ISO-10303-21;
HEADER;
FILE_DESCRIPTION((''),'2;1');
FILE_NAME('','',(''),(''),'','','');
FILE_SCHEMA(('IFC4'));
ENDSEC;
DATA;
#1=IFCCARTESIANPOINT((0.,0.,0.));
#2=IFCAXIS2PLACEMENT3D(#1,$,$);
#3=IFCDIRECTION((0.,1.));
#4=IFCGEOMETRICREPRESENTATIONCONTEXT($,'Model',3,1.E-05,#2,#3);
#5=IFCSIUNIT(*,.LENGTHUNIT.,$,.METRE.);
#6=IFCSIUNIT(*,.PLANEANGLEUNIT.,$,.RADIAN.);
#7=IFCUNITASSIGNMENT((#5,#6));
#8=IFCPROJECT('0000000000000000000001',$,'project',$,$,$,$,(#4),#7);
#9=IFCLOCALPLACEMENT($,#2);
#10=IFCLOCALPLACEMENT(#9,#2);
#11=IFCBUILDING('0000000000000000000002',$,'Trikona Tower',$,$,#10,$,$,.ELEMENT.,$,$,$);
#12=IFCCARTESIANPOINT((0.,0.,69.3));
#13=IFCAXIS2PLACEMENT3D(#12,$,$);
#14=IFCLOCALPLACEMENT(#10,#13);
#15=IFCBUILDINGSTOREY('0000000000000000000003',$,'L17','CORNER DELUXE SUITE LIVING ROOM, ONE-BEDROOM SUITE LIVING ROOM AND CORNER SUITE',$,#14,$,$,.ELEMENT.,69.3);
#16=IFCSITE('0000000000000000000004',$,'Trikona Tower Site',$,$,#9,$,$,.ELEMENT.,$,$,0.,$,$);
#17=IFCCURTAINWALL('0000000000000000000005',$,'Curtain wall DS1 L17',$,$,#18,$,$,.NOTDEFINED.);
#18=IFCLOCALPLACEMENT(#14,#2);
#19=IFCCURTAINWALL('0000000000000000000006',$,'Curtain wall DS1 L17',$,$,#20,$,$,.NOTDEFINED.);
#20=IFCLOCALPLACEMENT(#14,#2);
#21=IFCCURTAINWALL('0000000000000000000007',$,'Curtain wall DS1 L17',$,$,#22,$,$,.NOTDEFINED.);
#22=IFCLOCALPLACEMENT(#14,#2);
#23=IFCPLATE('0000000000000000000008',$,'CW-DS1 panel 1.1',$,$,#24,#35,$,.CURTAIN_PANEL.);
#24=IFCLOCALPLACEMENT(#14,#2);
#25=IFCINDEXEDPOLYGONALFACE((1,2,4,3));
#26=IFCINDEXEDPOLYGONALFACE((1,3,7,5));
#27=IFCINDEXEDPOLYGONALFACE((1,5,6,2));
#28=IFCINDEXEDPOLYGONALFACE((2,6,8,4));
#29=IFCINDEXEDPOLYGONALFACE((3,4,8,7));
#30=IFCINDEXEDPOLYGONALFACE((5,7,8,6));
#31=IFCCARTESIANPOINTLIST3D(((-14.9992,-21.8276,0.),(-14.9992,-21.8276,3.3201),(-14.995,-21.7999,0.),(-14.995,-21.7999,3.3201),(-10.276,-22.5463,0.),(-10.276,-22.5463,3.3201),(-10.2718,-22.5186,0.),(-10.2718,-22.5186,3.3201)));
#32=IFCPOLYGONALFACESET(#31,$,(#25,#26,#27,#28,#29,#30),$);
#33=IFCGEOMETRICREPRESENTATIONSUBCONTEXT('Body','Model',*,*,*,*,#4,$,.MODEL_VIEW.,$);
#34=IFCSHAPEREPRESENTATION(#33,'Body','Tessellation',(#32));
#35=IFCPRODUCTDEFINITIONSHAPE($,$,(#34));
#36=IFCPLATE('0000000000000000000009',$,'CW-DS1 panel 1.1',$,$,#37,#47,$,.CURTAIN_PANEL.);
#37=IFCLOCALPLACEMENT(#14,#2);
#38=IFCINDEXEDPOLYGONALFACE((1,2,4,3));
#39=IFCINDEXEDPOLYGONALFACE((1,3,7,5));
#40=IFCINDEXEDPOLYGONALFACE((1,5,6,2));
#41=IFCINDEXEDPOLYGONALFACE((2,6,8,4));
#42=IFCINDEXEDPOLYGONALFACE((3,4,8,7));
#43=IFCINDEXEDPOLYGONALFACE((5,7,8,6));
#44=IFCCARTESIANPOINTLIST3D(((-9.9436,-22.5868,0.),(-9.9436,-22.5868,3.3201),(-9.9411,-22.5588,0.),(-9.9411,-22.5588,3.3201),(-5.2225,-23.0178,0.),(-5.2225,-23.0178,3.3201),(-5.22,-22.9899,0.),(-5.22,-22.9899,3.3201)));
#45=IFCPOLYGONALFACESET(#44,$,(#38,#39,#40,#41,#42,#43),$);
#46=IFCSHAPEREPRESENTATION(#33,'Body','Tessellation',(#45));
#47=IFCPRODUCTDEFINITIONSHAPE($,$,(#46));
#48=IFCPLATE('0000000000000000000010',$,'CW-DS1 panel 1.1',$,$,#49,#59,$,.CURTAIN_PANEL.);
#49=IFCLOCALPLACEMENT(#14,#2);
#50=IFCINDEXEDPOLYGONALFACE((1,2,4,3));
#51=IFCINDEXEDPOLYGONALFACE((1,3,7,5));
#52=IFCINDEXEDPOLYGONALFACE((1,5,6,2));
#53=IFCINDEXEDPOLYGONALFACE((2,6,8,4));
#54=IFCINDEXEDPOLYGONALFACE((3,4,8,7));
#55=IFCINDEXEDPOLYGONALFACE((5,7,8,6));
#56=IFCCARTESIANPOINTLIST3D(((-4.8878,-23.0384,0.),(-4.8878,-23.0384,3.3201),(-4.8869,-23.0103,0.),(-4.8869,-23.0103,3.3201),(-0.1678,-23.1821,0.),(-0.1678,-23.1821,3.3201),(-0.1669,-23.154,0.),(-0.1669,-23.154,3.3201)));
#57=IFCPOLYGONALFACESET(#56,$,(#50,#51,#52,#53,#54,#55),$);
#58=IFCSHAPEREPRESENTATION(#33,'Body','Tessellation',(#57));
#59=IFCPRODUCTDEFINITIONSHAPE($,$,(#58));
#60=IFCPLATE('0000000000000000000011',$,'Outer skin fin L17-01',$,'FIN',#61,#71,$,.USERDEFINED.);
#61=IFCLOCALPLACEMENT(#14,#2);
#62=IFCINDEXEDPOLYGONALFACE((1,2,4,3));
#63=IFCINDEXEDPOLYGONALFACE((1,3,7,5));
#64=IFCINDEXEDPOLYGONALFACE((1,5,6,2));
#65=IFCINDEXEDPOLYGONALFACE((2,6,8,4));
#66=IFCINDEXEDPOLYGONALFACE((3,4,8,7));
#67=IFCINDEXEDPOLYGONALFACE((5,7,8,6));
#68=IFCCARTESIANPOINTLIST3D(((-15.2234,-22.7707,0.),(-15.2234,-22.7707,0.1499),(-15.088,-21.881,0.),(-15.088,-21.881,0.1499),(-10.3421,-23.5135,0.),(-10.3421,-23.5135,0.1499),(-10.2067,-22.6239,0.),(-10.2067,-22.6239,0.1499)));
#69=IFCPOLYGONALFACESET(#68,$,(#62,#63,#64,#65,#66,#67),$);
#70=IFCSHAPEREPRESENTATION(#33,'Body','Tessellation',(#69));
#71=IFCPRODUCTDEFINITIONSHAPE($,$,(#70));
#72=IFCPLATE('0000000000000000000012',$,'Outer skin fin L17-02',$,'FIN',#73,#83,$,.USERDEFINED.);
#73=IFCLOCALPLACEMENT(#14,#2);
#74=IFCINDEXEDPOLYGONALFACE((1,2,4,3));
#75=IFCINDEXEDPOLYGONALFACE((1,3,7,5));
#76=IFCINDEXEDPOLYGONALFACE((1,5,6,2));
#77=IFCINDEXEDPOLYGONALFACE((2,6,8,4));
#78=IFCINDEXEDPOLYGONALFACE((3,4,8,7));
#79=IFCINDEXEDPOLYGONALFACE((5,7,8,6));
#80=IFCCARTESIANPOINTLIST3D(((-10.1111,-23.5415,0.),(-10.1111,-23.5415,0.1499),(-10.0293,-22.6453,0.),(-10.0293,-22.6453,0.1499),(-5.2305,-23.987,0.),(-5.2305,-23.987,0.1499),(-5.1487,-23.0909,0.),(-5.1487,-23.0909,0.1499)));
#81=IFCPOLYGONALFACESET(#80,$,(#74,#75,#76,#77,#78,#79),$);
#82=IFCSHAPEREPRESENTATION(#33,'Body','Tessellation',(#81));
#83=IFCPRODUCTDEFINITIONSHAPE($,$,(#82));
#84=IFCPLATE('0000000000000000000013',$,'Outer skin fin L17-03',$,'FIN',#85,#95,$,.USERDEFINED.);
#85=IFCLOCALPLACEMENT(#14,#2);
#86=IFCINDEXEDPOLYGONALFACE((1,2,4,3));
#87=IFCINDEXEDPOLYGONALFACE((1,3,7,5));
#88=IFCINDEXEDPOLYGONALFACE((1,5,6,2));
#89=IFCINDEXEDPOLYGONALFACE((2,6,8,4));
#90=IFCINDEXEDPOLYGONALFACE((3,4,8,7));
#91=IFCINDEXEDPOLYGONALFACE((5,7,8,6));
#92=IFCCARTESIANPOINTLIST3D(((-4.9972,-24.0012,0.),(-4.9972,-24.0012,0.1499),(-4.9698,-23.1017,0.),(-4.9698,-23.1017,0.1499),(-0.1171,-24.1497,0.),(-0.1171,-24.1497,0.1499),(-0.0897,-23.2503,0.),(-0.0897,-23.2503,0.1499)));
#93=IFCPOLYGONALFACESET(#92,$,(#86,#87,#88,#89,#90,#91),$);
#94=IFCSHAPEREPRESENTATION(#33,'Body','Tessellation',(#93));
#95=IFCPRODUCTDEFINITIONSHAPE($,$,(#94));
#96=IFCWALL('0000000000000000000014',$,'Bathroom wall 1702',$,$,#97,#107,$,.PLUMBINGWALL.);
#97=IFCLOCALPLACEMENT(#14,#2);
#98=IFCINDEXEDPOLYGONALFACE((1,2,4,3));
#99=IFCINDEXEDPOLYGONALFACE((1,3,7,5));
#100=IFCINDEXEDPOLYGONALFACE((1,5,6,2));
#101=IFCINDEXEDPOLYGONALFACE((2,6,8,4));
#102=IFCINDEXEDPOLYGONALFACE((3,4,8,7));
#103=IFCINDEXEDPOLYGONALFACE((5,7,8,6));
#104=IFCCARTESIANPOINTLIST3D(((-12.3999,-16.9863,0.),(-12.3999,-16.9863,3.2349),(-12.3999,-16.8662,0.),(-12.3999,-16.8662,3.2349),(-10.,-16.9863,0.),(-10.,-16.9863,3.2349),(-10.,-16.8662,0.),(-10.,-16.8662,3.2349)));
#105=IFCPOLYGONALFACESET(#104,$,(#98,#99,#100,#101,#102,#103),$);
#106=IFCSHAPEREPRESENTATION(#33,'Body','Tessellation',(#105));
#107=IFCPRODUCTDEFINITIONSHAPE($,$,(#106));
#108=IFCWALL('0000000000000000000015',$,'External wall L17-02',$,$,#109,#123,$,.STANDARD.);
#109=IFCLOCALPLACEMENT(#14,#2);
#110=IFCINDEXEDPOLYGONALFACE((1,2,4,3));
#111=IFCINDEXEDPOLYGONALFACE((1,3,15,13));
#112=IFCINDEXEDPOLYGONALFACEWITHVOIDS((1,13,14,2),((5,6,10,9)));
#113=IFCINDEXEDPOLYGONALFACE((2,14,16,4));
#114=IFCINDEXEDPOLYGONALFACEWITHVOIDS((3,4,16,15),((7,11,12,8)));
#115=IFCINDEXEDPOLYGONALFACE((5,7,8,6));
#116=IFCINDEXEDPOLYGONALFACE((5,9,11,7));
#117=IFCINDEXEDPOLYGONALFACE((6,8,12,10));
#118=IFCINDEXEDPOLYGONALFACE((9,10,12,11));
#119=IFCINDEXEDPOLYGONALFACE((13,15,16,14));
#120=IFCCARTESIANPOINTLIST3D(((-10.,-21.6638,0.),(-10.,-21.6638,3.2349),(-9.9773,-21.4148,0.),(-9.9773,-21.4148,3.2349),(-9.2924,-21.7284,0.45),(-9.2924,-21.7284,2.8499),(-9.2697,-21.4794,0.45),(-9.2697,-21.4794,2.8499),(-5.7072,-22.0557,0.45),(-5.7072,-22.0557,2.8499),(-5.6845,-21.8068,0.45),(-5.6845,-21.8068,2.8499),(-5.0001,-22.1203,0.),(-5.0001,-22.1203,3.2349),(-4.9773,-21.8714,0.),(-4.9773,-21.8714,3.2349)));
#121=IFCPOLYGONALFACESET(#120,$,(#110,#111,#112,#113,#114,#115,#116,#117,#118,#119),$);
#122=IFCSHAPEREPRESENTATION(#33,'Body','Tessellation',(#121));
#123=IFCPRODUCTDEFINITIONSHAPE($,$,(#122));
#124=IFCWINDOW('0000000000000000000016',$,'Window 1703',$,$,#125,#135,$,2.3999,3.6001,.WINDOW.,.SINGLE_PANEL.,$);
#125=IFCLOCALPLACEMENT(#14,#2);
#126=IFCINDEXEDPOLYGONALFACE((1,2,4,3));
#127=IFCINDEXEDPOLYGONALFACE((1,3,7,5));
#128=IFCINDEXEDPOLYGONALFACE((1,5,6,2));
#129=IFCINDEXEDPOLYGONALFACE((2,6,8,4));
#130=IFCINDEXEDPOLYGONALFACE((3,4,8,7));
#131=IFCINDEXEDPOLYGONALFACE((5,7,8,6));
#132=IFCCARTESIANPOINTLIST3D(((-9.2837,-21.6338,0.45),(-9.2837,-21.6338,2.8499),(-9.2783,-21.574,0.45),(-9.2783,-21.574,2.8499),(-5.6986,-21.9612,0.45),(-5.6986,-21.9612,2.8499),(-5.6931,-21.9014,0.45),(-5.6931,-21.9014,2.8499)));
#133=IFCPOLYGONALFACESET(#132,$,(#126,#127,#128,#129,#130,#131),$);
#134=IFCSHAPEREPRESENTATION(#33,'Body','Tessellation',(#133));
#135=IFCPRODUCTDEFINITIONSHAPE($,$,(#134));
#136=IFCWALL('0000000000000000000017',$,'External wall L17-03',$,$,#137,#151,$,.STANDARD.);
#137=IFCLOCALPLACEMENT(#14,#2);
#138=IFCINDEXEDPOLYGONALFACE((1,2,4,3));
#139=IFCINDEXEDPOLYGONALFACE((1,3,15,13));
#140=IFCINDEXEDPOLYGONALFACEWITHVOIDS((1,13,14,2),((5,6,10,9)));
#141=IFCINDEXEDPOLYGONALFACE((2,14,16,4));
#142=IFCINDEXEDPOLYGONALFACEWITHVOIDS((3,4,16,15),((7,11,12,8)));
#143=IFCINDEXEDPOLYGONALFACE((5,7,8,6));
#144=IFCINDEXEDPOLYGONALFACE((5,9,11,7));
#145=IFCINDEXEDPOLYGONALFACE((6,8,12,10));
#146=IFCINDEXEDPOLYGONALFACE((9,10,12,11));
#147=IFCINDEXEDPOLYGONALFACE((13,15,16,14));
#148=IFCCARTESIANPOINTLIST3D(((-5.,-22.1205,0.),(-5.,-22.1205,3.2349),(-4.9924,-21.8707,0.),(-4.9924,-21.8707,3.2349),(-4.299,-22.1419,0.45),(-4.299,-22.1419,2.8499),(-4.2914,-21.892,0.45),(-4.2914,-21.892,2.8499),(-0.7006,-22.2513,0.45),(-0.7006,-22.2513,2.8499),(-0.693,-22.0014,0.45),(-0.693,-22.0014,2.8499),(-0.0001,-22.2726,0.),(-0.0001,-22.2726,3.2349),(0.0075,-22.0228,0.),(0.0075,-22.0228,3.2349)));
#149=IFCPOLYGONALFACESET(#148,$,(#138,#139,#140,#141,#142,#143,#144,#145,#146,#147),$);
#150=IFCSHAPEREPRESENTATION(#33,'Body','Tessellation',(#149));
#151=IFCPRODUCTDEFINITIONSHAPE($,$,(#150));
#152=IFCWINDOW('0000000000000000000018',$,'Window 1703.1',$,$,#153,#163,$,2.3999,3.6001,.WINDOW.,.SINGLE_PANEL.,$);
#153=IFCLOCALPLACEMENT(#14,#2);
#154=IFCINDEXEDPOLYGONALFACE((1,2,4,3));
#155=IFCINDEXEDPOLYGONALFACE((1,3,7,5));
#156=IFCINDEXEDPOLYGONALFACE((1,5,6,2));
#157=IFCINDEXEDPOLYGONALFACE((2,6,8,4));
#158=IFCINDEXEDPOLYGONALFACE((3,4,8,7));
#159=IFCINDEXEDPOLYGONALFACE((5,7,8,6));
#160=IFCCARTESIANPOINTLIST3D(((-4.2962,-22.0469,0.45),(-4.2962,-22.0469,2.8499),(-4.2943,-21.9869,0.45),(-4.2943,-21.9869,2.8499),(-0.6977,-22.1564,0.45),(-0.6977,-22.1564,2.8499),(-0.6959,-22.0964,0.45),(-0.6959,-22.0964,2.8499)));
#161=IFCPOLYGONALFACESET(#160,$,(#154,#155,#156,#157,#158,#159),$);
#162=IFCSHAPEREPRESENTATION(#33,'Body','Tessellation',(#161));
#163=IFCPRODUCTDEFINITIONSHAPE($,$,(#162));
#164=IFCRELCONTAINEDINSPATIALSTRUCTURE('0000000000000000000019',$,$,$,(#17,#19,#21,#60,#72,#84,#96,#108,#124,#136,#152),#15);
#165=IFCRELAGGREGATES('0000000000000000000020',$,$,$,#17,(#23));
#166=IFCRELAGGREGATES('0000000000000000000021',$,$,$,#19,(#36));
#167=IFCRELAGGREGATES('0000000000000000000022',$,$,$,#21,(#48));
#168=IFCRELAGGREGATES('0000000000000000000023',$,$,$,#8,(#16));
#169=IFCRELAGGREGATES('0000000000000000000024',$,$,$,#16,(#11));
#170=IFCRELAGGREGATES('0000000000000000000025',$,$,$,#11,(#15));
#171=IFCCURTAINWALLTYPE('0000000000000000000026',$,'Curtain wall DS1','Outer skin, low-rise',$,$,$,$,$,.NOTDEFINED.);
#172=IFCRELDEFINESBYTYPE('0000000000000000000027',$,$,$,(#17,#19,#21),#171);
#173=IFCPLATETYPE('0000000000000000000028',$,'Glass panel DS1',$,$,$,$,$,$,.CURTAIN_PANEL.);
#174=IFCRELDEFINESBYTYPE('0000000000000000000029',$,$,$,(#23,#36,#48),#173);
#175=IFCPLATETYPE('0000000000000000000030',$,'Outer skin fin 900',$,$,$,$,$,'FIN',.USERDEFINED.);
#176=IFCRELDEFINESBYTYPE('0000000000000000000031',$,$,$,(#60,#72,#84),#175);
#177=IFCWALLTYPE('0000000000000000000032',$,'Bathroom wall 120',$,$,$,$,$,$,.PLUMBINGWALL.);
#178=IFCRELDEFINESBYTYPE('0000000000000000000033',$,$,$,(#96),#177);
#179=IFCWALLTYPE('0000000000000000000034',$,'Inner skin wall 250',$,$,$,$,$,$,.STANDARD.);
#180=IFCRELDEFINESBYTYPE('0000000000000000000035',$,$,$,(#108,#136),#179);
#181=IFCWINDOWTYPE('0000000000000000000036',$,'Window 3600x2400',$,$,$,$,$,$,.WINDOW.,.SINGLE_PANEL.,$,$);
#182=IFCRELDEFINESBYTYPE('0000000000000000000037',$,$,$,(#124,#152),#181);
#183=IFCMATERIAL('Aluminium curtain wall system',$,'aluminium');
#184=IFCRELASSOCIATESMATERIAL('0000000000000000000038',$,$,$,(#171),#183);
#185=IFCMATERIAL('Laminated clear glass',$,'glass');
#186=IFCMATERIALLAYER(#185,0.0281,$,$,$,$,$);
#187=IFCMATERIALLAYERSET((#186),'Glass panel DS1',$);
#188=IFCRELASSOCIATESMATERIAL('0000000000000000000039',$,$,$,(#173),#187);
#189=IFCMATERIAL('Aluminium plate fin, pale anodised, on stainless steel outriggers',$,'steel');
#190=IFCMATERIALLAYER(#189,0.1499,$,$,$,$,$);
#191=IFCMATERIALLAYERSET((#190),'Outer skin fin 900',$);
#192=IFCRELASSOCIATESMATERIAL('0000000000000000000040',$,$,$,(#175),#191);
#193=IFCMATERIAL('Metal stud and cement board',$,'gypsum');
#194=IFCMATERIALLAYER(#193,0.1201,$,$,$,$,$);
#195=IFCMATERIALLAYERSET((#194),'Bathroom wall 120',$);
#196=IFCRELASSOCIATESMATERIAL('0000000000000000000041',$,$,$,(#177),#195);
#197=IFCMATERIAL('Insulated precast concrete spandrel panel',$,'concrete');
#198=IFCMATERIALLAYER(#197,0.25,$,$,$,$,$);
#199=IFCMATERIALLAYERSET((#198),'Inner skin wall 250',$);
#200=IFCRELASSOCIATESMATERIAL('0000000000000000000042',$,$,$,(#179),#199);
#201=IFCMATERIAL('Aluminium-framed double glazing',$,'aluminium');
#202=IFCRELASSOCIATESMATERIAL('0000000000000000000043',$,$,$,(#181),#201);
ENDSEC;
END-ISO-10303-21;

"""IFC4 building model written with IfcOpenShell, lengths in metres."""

from ifc_helpers import new_model, si_unit, direction, frame, frame_2d, origin, origin_2d, place, context, subcontext, project, spatial, rectangle, extrude, material, layer, layer_set, type_object, element, fill, aggregate, save


model = new_model("IFC4")

# Units and contexts
model_context = context("Model", 3, precision=1e-05, world=origin(), true_north=direction((0.0, 1.0)))
body_context = subcontext(model_context, "Body", "Model", "MODEL_VIEW")
ifc_project = project(units=[si_unit("LENGTHUNIT", "METRE"), si_unit("PLANEANGLEUNIT", "RADIAN")], contexts=[model_context])

# Site, building, storey
site_placement = place(None, origin())
site = spatial("IfcSite", under=ifc_project, at=site_placement, Name="Trikona Tower Site", CompositionType="ELEMENT", RefElevation=0.0)
building_placement = place(site_placement, origin())
building = spatial("IfcBuilding", under=site, at=building_placement, Name="Trikona Tower", CompositionType="ELEMENT")
storey_placement = place(building_placement, frame((0.0, 0.0, 69.3)))
storey = spatial("IfcBuildingStorey", under=building, at=storey_placement, Name="L17", Description="CORNER DELUXE SUITE LIVING ROOM, ONE-BEDROOM SUITE LIVING ROOM AND CORNER SUITE", CompositionType="ELEMENT", Elevation=69.3)

# Curtain wall
ifc_material_1 = material(Name="Aluminium curtain wall system", Category="aluminium")
curtain_wall_type = type_object("IfcCurtainWallType", Name="Curtain wall DS1", Description="Outer skin, low-rise", PredefinedType="NOTDEFINED", material=ifc_material_1)
curtain_wall_1_placement = place(storey_placement, origin())
curtain_wall_1 = element("IfcCurtainWall", 1, at=curtain_wall_1_placement, inside=storey, type_object=curtain_wall_type, Name="Curtain wall DS1 L17", PredefinedType="NOTDEFINED")

# Curtain walls
curtain_wall_2_placement = place(storey_placement, origin())
curtain_wall_2 = element("IfcCurtainWall", 2, at=curtain_wall_2_placement, inside=storey, type_object=curtain_wall_type, Name="Curtain wall DS1 L17", PredefinedType="NOTDEFINED")
curtain_wall_3_placement = place(storey_placement, origin())
curtain_wall_3 = element("IfcCurtainWall", 3, at=curtain_wall_3_placement, inside=storey, type_object=curtain_wall_type, Name="Curtain wall DS1 L17", PredefinedType="NOTDEFINED")

# Plates
ifc_material_2 = material(Name="Laminated clear glass", Category="glass")
ifc_layer_1 = layer(ifc_material_2, 0.0281)
ifc_layer_set_1 = layer_set([ifc_layer_1], Name="Glass panel DS1")
plate_type_1 = type_object("IfcPlateType", Name="Glass panel DS1", PredefinedType="CURTAIN_PANEL", material=ifc_layer_set_1)
plate_1_placement = place(storey_placement, frame((-12.6355, -22.1731, 0.0), z_axis=(0.0, 0.0, 1.0), x_axis=(0.988619, -0.150438, 0.0)))
plate_1 = element("IfcPlate", 4, at=plate_1_placement, type_object=plate_type_1, Name="CW-DS1 panel 1.1", PredefinedType="CURTAIN_PANEL", context=body_context, shape_type="SweptSolid", body=[
    extrude(rectangle(XDim=4.7776, YDim=0.0281, at=origin_2d()), origin(), (0.0, 0.0, 1.0), 3.3201),
])
aggregate(curtain_wall_1, [plate_1])
plate_2_placement = place(storey_placement, frame((-7.5818, -22.7883, 0.0), z_axis=(0.0, 0.0, 1.0), x_axis=(0.995858, -0.090924, 0.0)))
plate_2 = element("IfcPlate", 5, at=plate_2_placement, type_object=plate_type_1, Name="CW-DS1 panel 1.1", PredefinedType="CURTAIN_PANEL", context=body_context, shape_type="SweptSolid", body=[
    extrude(rectangle(XDim=4.7407, YDim=0.0281, at=origin_2d()), origin(), (0.0, 0.0, 1.0), 3.3201),
])
aggregate(curtain_wall_2, [plate_2])
plate_3_placement = place(storey_placement, frame((-2.5273, -23.0962, 0.0), z_axis=(0.0, 0.0, 1.0), x_axis=(0.999537, -0.030437, 0.0)))
plate_3 = element("IfcPlate", 6, at=plate_3_placement, type_object=plate_type_1, Name="CW-DS1 panel 1.1", PredefinedType="CURTAIN_PANEL", context=body_context, shape_type="SweptSolid", body=[
    extrude(rectangle(XDim=4.7222, YDim=0.0281, at=origin_2d()), origin(), (0.0, 0.0, 1.0), 3.3201),
])
aggregate(curtain_wall_3, [plate_3])

# Plates
ifc_material_3 = material(Name="Aluminium plate fin, pale anodised, on stainless steel outriggers", Category="steel")
ifc_layer_2 = layer(ifc_material_3, 0.1499)
ifc_layer_set_2 = layer_set([ifc_layer_2], Name="Outer skin fin 900")
plate_type_2 = type_object("IfcPlateType", Name="Outer skin fin 900", ElementType="FIN", PredefinedType="USERDEFINED", material=ifc_layer_set_2)
plate_4_placement = place(storey_placement, frame((-12.7151, -22.6973, 0.0), z_axis=(0.0, 0.0, 1.0), x_axis=(0.988618, -0.150448, 0.0)))
element("IfcPlate", 7, at=plate_4_placement, inside=storey, type_object=plate_type_2, Name="Outer skin fin L17-01", ObjectType="FIN", PredefinedType="USERDEFINED", context=body_context, shape_type="SweptSolid", body=[
    extrude(rectangle(XDim=4.9375, YDim=0.8999, at=origin_2d()), origin(), (0.0, 0.0, 1.0), 0.1499),
])
plate_5_placement = place(storey_placement, frame((-7.6299, -23.3162, 0.0), z_axis=(0.0, 0.0, 1.0), x_axis=(0.995858, -0.090921, 0.0)))
element("IfcPlate", 8, at=plate_5_placement, inside=storey, type_object=plate_type_2, Name="Outer skin fin L17-02", ObjectType="FIN", PredefinedType="USERDEFINED", context=body_context, shape_type="SweptSolid", body=[
    extrude(rectangle(XDim=4.9009, YDim=0.8999, at=origin_2d()), origin(), (0.0, 0.0, 1.0), 0.1499),
])
plate_6_placement = place(storey_placement, frame((-2.5435, -23.6257, 0.0), z_axis=(0.0, 0.0, 1.0), x_axis=(0.999537, -0.030425, 0.0)))
element("IfcPlate", 9, at=plate_6_placement, inside=storey, type_object=plate_type_2, Name="Outer skin fin L17-03", ObjectType="FIN", PredefinedType="USERDEFINED", context=body_context, shape_type="SweptSolid", body=[
    extrude(rectangle(XDim=4.8823, YDim=0.8999, at=origin_2d()), origin(), (0.0, 0.0, 1.0), 0.1499),
])

# Wall
ifc_material_4 = material(Name="Metal stud and cement board", Category="gypsum")
ifc_layer_3 = layer(ifc_material_4, 0.1201)
ifc_layer_set_3 = layer_set([ifc_layer_3], Name="Bathroom wall 120")
wall_type_1 = type_object("IfcWallType", Name="Bathroom wall 120", PredefinedType="PLUMBINGWALL", material=ifc_layer_set_3)
wall_1_placement = place(storey_placement, frame((-12.3999, -16.9263, 0.0), z_axis=(0.0, 0.0, 1.0), x_axis=(1.0, 0.0, 0.0)))
element("IfcWall", 10, at=wall_1_placement, inside=storey, type_object=wall_type_1, Name="Bathroom wall 1702", PredefinedType="PLUMBINGWALL", context=body_context, shape_type="SweptSolid", body=[
    extrude(rectangle(XDim=2.3999, YDim=0.1201, at=frame_2d((1.2, 0.0))), origin(), (0.0, 0.0, 1.0), 3.2349),
])

# Walls, openings, windows
ifc_material_5 = material(Name="Insulated precast concrete spandrel panel", Category="concrete")
ifc_layer_4 = layer(ifc_material_5, 0.25)
ifc_layer_set_4 = layer_set([ifc_layer_4], Name="Inner skin wall 250")
wall_type_2 = type_object("IfcWallType", Name="Inner skin wall 250", PredefinedType="STANDARD", material=ifc_layer_set_4)
wall_2_placement = place(storey_placement, frame((-9.9885, -21.5393, 0.0), z_axis=(0.0, 0.0, 1.0), x_axis=(0.995857, -0.09093, 0.0)))
wall_2 = element("IfcWall", 11, at=wall_2_placement, inside=storey, type_object=wall_type_2, Name="External wall L17-02", PredefinedType="STANDARD", context=body_context, shape_type="SweptSolid", body=[
    extrude(rectangle(XDim=5.0208, YDim=0.25, at=frame_2d((2.5103, 0.0))), origin(), (0.0, 0.0, 1.0), 3.2349),
])
opening_1_placement = place(wall_2_placement, frame((0.7104, 0.0, 0.45)))
opening_1 = element("IfcOpeningElement", 12, at=opening_1_placement, cuts=wall_2, PredefinedType="OPENING", context=body_context, shape_type="SweptSolid", body=[
    extrude(rectangle(XDim=3.6001, YDim=2.3999, at=frame_2d((1.8, 1.2))), frame((0.0, 0.135, 0.0), z_axis=(0.0, -1.0, 0.0), x_axis=(1.0, 0.0, 0.0)), (0.0, 0.0, 1.0), 0.27),
])
ifc_material_6 = material(Name="Aluminium-framed double glazing", Category="aluminium")
window_type = type_object("IfcWindowType", Name="Window 3600x2400", PartitioningType="SINGLE_PANEL", PredefinedType="WINDOW", material=ifc_material_6)
window_1_placement = place(opening_1_placement, origin())
window_1 = element("IfcWindow", 13, at=window_1_placement, inside=storey, type_object=window_type, Name="Window 1703", OverallHeight=2.3999, OverallWidth=3.6001, PartitioningType="SINGLE_PANEL", PredefinedType="WINDOW", context=body_context, shape_type="SweptSolid", body=[
    extrude(rectangle(XDim=3.6001, YDim=2.3999, at=frame_2d((1.8, 1.2))), frame((0.0, 0.03, 0.0), z_axis=(0.0, -1.0, 0.0), x_axis=(1.0, 0.0, 0.0)), (0.0, 0.0, 1.0), 0.0601),
])
fill(opening_1, window_1)
wall_3_placement = place(storey_placement, frame((-4.9961, -21.9956, 0.0), z_axis=(0.0, 0.0, 1.0), x_axis=(0.999538, -0.030406, 0.0)))
wall_3 = element("IfcWall", 14, at=wall_3_placement, inside=storey, type_object=wall_type_2, Name="External wall L17-03", PredefinedType="STANDARD", context=body_context, shape_type="SweptSolid", body=[
    extrude(rectangle(XDim=5.0022, YDim=0.25, at=frame_2d((2.501, 0.0))), origin(), (0.0, 0.0, 1.0), 3.2349),
])
opening_2_placement = place(wall_3_placement, frame((0.7012, 0.0, 0.45)))
opening_2 = element("IfcOpeningElement", 15, at=opening_2_placement, cuts=wall_3, PredefinedType="OPENING", context=body_context, shape_type="SweptSolid", body=[
    extrude(rectangle(XDim=3.6001, YDim=2.3999, at=frame_2d((1.8, 1.2))), frame((0.0, 0.135, 0.0), z_axis=(0.0, -1.0, 0.0), x_axis=(1.0, 0.0, 0.0)), (0.0, 0.0, 1.0), 0.27),
])
window_2_placement = place(opening_2_placement, origin())
window_2 = element("IfcWindow", 16, at=window_2_placement, inside=storey, type_object=window_type, Name="Window 1703.1", OverallHeight=2.3999, OverallWidth=3.6001, PartitioningType="SINGLE_PANEL", PredefinedType="WINDOW", context=body_context, shape_type="SweptSolid", body=[
    extrude(rectangle(XDim=3.6001, YDim=2.3999, at=frame_2d((1.8, 1.2))), frame((0.0, 0.03, 0.0), z_axis=(0.0, -1.0, 0.0), x_axis=(1.0, 0.0, 0.0)), (0.0, 0.0, 1.0), 0.0601),
])
fill(opening_2, window_2)

save(model, "model.ifc")
